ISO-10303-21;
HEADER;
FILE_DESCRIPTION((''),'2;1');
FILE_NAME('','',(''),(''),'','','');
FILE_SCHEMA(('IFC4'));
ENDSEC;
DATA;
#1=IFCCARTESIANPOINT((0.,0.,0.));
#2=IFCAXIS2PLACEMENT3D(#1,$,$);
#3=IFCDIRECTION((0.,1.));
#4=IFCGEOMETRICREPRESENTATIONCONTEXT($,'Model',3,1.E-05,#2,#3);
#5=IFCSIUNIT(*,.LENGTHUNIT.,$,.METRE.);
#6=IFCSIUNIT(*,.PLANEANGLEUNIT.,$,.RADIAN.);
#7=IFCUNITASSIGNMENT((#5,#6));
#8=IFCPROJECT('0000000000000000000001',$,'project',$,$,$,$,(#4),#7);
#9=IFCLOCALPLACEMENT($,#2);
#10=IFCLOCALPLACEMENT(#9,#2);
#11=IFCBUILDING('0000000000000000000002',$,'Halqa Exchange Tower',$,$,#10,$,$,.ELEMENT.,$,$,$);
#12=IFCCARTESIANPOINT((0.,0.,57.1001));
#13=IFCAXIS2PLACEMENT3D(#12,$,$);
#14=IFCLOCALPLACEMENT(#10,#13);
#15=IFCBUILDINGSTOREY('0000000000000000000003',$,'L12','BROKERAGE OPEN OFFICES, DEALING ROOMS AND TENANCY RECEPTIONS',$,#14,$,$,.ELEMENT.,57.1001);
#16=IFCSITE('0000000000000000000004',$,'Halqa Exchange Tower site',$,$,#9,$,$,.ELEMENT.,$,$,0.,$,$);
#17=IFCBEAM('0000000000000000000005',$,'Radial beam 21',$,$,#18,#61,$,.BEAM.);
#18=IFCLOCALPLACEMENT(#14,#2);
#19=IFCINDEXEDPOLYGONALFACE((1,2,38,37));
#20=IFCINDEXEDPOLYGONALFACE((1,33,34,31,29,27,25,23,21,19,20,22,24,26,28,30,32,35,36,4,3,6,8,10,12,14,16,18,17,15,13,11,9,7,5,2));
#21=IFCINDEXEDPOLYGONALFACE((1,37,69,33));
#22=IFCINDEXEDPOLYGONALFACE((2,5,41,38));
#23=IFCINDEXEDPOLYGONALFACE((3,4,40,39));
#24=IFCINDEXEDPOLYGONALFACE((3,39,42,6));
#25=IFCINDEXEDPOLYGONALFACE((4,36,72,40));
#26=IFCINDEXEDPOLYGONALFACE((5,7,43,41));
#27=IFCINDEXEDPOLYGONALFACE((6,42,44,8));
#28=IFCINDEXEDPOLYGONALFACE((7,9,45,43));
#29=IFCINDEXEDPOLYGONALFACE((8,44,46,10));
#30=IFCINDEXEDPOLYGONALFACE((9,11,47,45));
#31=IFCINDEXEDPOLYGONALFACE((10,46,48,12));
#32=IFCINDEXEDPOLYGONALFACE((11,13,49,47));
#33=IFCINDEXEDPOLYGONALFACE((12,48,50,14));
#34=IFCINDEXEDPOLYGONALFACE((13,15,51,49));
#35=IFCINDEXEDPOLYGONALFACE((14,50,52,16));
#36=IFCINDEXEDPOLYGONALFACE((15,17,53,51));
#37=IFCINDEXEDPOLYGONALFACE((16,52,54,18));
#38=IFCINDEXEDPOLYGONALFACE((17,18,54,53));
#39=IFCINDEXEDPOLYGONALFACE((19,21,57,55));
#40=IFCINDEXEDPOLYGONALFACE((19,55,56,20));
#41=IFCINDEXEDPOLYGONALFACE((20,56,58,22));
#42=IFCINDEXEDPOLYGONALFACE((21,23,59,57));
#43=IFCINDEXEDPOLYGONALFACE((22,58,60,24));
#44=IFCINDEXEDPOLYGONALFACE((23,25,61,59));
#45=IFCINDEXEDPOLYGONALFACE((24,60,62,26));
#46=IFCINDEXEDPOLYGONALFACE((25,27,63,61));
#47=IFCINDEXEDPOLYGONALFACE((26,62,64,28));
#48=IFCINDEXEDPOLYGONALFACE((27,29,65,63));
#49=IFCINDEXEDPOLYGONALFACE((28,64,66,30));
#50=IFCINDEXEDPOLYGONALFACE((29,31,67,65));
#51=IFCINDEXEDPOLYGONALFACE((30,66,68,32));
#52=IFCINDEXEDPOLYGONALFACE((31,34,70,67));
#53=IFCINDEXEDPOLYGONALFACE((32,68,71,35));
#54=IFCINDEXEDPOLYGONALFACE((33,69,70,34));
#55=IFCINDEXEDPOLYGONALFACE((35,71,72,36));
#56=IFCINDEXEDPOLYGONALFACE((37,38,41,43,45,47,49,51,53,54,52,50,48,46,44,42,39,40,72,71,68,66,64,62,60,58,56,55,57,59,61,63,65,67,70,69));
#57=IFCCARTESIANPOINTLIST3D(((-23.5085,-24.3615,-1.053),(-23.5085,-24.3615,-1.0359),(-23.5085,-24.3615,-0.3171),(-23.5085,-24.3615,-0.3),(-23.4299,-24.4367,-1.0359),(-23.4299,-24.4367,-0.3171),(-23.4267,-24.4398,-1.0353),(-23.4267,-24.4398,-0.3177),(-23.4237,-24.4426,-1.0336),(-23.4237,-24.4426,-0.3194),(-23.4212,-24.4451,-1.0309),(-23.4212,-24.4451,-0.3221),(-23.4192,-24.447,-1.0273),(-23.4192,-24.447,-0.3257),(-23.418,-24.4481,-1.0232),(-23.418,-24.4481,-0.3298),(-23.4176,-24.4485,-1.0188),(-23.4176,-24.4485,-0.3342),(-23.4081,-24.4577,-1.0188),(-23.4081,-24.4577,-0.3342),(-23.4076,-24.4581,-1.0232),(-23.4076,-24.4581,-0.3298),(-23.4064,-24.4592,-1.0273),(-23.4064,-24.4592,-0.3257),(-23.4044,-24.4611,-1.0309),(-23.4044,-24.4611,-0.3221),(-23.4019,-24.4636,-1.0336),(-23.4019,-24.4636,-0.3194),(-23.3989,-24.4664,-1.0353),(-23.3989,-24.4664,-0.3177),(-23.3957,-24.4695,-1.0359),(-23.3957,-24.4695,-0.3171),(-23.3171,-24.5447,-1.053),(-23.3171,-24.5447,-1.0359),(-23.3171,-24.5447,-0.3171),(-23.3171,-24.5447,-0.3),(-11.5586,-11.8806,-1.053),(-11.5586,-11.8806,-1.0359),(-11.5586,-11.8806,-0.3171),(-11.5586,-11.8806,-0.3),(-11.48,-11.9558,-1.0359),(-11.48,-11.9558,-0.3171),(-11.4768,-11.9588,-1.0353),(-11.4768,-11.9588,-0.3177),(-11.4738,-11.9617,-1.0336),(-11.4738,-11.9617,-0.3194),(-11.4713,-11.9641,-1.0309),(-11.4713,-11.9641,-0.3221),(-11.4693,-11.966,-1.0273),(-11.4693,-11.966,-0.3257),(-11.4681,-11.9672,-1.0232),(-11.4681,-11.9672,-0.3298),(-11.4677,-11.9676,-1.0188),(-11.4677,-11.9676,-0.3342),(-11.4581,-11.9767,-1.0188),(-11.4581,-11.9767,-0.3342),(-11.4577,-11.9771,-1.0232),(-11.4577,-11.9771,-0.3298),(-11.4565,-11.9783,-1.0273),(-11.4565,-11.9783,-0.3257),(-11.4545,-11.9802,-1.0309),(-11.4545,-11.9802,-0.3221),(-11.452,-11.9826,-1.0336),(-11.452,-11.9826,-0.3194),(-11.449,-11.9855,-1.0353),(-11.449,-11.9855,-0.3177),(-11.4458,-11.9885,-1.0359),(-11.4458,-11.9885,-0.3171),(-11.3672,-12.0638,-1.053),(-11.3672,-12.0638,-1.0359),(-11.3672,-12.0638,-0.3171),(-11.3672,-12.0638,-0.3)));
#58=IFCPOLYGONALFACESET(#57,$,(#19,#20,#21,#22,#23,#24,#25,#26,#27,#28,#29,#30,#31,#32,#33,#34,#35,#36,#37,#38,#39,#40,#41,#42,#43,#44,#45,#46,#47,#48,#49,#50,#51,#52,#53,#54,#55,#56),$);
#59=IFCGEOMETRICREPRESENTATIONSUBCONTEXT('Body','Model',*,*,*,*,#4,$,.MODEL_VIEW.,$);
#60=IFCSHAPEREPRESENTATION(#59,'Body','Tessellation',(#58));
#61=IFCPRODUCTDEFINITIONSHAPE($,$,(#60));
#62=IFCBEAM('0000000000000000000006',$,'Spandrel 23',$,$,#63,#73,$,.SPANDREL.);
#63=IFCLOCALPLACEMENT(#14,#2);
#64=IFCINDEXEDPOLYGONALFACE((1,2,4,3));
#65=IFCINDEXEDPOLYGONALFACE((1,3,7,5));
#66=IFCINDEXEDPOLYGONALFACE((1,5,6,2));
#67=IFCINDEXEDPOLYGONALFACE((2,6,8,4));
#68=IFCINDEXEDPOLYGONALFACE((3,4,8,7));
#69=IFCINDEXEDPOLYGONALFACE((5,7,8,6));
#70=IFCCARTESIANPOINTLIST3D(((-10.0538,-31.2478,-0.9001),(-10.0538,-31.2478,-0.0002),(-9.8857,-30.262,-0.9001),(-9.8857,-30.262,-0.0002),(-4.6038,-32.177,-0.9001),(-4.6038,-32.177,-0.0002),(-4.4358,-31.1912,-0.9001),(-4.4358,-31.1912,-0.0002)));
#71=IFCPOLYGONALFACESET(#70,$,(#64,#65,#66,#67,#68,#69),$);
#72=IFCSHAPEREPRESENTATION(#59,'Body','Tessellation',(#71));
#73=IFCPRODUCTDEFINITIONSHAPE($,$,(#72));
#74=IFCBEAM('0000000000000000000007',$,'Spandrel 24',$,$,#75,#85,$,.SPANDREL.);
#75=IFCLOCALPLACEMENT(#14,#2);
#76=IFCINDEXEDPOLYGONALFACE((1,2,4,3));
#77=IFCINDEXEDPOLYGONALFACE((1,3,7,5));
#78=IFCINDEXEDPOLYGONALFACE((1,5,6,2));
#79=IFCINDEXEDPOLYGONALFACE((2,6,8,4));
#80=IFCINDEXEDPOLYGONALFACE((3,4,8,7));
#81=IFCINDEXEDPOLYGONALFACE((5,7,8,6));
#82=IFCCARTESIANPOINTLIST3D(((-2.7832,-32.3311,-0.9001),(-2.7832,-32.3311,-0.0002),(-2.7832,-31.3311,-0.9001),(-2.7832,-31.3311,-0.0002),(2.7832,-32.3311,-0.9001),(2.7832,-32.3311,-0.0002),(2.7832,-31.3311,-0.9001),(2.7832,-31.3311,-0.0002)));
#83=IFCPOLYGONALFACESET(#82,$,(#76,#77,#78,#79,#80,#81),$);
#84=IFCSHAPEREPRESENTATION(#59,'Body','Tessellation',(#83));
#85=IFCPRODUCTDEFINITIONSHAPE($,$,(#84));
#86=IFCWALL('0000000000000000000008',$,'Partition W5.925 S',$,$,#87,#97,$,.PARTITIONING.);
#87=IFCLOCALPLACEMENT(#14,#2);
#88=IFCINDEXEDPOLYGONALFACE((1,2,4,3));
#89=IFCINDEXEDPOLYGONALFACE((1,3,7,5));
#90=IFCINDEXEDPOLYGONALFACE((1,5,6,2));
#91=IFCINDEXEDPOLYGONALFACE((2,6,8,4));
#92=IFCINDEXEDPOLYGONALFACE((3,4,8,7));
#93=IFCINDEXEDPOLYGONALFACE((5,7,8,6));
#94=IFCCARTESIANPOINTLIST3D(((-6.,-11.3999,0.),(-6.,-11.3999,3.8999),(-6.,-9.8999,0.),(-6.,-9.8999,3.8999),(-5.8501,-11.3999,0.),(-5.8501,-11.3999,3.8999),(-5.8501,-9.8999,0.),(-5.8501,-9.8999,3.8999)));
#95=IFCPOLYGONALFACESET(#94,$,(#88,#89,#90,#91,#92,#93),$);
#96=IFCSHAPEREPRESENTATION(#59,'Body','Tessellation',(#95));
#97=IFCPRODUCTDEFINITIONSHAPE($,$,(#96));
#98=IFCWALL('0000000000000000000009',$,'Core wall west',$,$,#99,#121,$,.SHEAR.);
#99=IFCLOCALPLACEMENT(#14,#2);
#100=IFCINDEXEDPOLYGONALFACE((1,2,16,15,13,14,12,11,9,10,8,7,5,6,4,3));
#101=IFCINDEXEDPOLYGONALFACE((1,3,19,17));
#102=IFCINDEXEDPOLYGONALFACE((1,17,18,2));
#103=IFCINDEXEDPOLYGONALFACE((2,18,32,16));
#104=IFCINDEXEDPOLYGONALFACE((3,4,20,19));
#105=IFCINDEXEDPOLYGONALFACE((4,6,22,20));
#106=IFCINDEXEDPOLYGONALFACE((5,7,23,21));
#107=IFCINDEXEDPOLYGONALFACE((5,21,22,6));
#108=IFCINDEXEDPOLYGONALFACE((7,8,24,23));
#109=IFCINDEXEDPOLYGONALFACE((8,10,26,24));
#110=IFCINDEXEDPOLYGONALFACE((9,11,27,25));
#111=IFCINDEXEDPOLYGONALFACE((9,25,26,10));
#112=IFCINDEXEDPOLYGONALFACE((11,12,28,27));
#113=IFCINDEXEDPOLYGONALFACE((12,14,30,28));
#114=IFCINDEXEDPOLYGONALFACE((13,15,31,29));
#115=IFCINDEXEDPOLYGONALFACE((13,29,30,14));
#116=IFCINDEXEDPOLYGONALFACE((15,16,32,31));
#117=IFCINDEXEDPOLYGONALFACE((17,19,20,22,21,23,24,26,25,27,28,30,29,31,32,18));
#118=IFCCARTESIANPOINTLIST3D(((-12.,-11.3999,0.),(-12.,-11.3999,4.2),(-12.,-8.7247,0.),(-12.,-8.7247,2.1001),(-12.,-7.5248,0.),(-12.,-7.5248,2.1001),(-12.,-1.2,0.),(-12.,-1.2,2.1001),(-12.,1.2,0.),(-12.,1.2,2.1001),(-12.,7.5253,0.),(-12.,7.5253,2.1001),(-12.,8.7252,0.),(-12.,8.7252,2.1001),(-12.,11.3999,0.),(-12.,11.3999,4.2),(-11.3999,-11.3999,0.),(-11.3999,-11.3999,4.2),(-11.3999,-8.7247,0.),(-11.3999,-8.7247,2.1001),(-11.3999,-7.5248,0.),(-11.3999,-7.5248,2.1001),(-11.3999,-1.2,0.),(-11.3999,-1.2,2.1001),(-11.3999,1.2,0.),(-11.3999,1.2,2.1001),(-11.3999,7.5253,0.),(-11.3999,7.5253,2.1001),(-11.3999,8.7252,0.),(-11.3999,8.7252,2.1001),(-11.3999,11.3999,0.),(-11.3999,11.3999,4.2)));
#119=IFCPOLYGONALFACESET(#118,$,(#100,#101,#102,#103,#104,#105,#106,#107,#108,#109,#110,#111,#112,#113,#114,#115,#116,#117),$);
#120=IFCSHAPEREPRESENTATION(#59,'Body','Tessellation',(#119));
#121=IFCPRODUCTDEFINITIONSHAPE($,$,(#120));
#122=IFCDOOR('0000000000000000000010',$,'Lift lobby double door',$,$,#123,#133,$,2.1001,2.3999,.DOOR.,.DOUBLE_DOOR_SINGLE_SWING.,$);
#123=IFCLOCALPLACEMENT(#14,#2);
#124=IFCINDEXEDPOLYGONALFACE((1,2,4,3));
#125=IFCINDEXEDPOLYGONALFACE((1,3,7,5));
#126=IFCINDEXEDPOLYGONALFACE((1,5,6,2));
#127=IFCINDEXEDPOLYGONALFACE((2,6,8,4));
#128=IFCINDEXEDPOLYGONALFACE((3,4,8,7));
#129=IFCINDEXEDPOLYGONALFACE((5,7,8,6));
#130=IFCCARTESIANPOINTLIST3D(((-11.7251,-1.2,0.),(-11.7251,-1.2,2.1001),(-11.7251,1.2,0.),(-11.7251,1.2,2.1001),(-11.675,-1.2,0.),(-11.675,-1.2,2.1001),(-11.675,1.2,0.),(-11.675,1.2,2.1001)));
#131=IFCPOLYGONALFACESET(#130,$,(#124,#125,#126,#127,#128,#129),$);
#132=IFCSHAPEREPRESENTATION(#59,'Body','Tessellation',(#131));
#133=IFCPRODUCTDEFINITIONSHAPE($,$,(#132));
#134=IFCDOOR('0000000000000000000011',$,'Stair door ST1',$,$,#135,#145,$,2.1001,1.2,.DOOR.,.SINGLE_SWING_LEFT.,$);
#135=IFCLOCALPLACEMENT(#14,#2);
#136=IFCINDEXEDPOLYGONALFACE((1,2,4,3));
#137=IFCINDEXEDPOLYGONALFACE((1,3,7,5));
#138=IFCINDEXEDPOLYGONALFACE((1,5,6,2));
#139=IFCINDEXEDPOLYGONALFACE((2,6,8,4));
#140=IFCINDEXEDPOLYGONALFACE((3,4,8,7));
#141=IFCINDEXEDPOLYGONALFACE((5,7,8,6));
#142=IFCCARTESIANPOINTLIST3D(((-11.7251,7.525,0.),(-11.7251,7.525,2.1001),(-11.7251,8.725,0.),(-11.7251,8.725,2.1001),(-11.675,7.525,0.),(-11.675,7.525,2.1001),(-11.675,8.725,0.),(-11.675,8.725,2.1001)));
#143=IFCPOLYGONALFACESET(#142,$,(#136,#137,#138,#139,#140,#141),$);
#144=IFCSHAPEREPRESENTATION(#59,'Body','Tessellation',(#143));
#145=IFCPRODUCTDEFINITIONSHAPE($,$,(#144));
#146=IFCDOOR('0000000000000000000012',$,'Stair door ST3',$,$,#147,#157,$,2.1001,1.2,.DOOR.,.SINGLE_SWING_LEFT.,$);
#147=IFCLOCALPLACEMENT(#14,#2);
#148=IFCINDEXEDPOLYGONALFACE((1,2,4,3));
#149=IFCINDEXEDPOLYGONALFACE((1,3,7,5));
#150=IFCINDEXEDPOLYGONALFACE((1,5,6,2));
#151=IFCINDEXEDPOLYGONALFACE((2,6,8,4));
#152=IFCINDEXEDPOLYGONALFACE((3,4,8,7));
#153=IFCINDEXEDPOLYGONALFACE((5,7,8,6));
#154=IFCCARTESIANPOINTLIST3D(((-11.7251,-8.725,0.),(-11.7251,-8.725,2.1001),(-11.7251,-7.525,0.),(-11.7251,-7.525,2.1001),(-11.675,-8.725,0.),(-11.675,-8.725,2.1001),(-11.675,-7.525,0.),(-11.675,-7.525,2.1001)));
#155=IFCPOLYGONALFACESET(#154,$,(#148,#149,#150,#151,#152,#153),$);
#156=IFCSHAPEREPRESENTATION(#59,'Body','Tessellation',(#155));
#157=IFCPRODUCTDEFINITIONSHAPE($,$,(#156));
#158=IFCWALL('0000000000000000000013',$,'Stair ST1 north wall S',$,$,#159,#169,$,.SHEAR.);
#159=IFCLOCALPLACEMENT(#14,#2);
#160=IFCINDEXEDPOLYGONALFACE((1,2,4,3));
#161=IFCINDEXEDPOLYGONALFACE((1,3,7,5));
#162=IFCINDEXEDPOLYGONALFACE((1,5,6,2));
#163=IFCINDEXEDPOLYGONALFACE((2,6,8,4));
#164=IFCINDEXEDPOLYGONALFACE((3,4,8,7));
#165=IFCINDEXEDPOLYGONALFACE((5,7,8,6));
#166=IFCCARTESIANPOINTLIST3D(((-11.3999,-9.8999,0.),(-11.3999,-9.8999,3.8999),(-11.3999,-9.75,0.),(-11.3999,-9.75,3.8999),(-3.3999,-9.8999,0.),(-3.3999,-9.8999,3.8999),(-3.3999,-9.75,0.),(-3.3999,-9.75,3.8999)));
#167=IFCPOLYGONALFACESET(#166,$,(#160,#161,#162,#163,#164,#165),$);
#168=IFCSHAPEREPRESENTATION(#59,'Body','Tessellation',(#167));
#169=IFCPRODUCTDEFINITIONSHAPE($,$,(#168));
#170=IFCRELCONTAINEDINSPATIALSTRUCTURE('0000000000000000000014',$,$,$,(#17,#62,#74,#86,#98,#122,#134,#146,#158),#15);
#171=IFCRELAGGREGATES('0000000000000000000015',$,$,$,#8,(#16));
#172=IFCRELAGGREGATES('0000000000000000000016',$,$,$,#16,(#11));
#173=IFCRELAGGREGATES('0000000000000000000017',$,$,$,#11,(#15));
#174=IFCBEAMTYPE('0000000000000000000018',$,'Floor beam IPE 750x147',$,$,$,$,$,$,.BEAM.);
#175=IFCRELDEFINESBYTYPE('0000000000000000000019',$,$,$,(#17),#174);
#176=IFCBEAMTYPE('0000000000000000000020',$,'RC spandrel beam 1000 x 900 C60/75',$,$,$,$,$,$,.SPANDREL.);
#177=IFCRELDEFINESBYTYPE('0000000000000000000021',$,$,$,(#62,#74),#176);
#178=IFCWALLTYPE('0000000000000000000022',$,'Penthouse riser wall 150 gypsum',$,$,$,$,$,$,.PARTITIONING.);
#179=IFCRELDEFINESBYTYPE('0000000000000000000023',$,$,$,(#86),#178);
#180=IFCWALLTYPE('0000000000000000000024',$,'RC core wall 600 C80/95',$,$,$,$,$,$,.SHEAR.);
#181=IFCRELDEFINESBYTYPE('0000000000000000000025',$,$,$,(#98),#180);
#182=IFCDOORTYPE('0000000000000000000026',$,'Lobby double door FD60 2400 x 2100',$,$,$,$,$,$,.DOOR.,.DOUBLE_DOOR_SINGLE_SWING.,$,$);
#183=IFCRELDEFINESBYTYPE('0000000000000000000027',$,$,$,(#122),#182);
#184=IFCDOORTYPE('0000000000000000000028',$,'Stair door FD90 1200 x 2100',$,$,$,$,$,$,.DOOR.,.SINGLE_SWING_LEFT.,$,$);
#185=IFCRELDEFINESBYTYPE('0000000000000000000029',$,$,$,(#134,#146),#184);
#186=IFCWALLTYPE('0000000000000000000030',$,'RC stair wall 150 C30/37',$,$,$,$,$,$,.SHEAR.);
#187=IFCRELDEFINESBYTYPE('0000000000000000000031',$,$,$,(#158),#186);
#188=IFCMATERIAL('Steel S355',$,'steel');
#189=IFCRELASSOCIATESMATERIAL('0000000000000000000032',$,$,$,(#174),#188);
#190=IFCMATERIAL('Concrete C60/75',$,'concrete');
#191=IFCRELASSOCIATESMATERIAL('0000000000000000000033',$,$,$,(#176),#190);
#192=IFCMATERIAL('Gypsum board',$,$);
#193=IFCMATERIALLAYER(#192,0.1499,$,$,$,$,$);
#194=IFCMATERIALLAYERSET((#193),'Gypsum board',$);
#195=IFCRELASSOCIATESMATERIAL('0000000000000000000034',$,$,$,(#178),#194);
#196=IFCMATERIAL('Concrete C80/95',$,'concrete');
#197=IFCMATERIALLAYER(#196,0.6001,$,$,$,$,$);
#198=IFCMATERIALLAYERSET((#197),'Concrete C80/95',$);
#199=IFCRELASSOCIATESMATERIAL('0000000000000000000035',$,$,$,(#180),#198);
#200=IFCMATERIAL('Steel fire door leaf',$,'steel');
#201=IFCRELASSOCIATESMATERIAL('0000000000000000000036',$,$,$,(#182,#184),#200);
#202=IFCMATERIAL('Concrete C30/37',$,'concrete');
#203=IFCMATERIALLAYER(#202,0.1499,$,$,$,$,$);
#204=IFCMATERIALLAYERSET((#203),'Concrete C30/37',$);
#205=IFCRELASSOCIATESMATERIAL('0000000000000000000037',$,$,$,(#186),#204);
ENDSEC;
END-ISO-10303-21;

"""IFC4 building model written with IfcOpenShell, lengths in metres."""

from ifc_helpers import new_model, si_unit, direction, frame, frame_2d, origin, origin_2d, place, context, subcontext, project, spatial, rectangle, i_section, extrude, material, layer, layer_set, material_profile, profile_set, type_object, element, fill, save


model = new_model("IFC4")

# Units and contexts
model_context = context("Model", 3, precision=1e-05, world=origin(), true_north=direction((0.0, 1.0)))
body_context = subcontext(model_context, "Body", "Model", "MODEL_VIEW")
ifc_project = project(units=[si_unit("LENGTHUNIT", "METRE"), si_unit("PLANEANGLEUNIT", "RADIAN")], contexts=[model_context])

# Site, building, storey
site_placement = place(None, origin())
site = spatial("IfcSite", under=ifc_project, at=site_placement, Name="Halqa Exchange Tower site", CompositionType="ELEMENT", RefElevation=0.0)
building_placement = place(site_placement, origin())
building = spatial("IfcBuilding", under=site, at=building_placement, Name="Halqa Exchange Tower", CompositionType="ELEMENT")
storey_placement = place(building_placement, frame((0.0, 0.0, 57.1001)))
storey = spatial("IfcBuildingStorey", under=building, at=storey_placement, Name="L12", Description="BROKERAGE OPEN OFFICES, DEALING ROOMS AND TENANCY RECEPTIONS", CompositionType="ELEMENT", Elevation=57.1001)

# Shared definitions
ifc_material_1 = material(Name="Concrete C80/95", Category="concrete")

# Beams
ifc_material_2 = material(Name="Steel S355", Category="steel")
ifc_material_profile_1 = material_profile(ifc_material_2, i_section(OverallWidth=0.2649, OverallDepth=0.7529, WebThickness=0.0132, FlangeThickness=0.0171, FilletRadius=0.0171, at=origin_2d()), Name="IPE 750x147")
ifc_profile_set_1 = profile_set([ifc_material_profile_1], Name="Steel S355")
beam_type_1 = type_object("IfcBeamType", Name="Floor beam IPE 750x147", PredefinedType="BEAM", material=ifc_profile_set_1)
beam_1_placement = place(storey_placement, frame((-11.4629, -11.9722, -0.6765), z_axis=(-0.691574, -0.722305, 0.0), x_axis=(0.722305, -0.691574, 0.0)))
element("IfcBeam", 1, at=beam_1_placement, inside=storey, type_object=beam_type_1, Name="Radial beam 21", PredefinedType="BEAM", context=body_context, shape_type="SweptSolid", body=[
    extrude(i_section(OverallWidth=0.2649, OverallDepth=0.7529, WebThickness=0.0132, FlangeThickness=0.0171, FilletRadius=0.0171, at=origin_2d()), origin(), (0.0, 0.0, 1.0), 17.2793),
])
ifc_material_3 = material(Name="Concrete C60/75", Category="concrete")
ifc_material_profile_2 = material_profile(ifc_material_3, rectangle(XDim=1.0, YDim=0.8999, at=origin_2d()), Name="1000 x 900")
ifc_profile_set_2 = profile_set([ifc_material_profile_2], Name="Concrete C60/75")
beam_type_2 = type_object("IfcBeamType", Name="RC spandrel beam 1000 x 900 C60/75", PredefinedType="SPANDREL", material=ifc_profile_set_2)
beam_2_placement = place(storey_placement, frame((-9.9697, -30.7549, -0.4502), z_axis=(0.985775, -0.168071, 0.0), x_axis=(0.168071, 0.985775, 0.0)))
element("IfcBeam", 2, at=beam_2_placement, inside=storey, type_object=beam_type_2, Name="Spandrel 23", PredefinedType="SPANDREL", context=body_context, shape_type="SweptSolid", body=[
    extrude(rectangle(XDim=1.0, YDim=0.8999, at=origin_2d()), origin(), (0.0, 0.0, 1.0), 5.5286),
])
beam_3_placement = place(storey_placement, frame((-2.7832, -31.8311, -0.4502), z_axis=(1.0, 0.0, 0.0), x_axis=(0.0, 1.0, 0.0)))
element("IfcBeam", 3, at=beam_3_placement, inside=storey, type_object=beam_type_2, Name="Spandrel 24", PredefinedType="SPANDREL", context=body_context, shape_type="SweptSolid", body=[
    extrude(rectangle(XDim=1.0, YDim=0.8999, at=origin_2d()), origin(), (0.0, 0.0, 1.0), 5.5664),
])

# Wall
ifc_material_4 = material(Name="Gypsum board")
ifc_layer_1 = layer(ifc_material_4, 0.1499)
ifc_layer_set_1 = layer_set([ifc_layer_1], Name="Gypsum board")
wall_type_1 = type_object("IfcWallType", Name="Penthouse riser wall 150 gypsum", PredefinedType="PARTITIONING", material=ifc_layer_set_1)
wall_1_placement = place(storey_placement, frame((-5.925, -11.3999, 0.0), z_axis=(0.0, 0.0, 1.0), x_axis=(0.0, 1.0, 0.0)))
element("IfcWall", 4, at=wall_1_placement, inside=storey, type_object=wall_type_1, Name="Partition W5.925 S", PredefinedType="PARTITIONING", context=body_context, shape_type="SweptSolid", body=[
    extrude(rectangle(XDim=1.5, YDim=0.1499, at=frame_2d((0.75, 0.0))), origin(), (0.0, 0.0, 1.0), 3.8999),
])

# Wall, openings, doors
ifc_layer_2 = layer(ifc_material_1, 0.6001)
ifc_layer_set_2 = layer_set([ifc_layer_2], Name="Concrete C80/95")
wall_type_2 = type_object("IfcWallType", Name="RC core wall 600 C80/95", PredefinedType="SHEAR", material=ifc_layer_set_2)
wall_2_placement = place(storey_placement, frame((-11.7, -11.3999, 0.0), z_axis=(0.0, 0.0, 1.0), x_axis=(0.0, 1.0, 0.0)))
wall_2 = element("IfcWall", 5, at=wall_2_placement, inside=storey, type_object=wall_type_2, Name="Core wall west", PredefinedType="SHEAR", context=body_context, shape_type="SweptSolid", body=[
    extrude(rectangle(XDim=22.7998, YDim=0.6001, at=frame_2d((11.3999, 0.0))), origin(), (0.0, 0.0, 1.0), 4.2),
])
opening_1_placement = place(wall_2_placement, frame((10.2, 0.0, 0.0)))
opening_1 = element("IfcOpeningElement", 6, at=opening_1_placement, cuts=wall_2, PredefinedType="OPENING", context=body_context, shape_type="SweptSolid", body=[
    extrude(rectangle(XDim=2.3999, YDim=2.1001, at=frame_2d((1.2, 1.05))), frame((0.0, 0.312, 0.0), z_axis=(0.0, -1.0, 0.0), x_axis=(1.0, 0.0, 0.0)), (0.0, 0.0, 1.0), 0.624),
])
opening_2_placement = place(wall_2_placement, frame((18.925, 0.0, 0.0)))
opening_2 = element("IfcOpeningElement", 7, at=opening_2_placement, cuts=wall_2, PredefinedType="OPENING", context=body_context, shape_type="SweptSolid", body=[
    extrude(rectangle(XDim=1.2, YDim=2.1001, at=frame_2d((0.6001, 1.05))), frame((0.0, 0.312, 0.0), z_axis=(0.0, -1.0, 0.0), x_axis=(1.0, 0.0, 0.0)), (0.0, 0.0, 1.0), 0.624),
])
opening_3_placement = place(wall_2_placement, frame((2.675, 0.0, 0.0)))
opening_3 = element("IfcOpeningElement", 8, at=opening_3_placement, cuts=wall_2, PredefinedType="OPENING", context=body_context, shape_type="SweptSolid", body=[
    extrude(rectangle(XDim=1.2, YDim=2.1001, at=frame_2d((0.6001, 1.05))), frame((0.0, 0.312, 0.0), z_axis=(0.0, -1.0, 0.0), x_axis=(1.0, 0.0, 0.0)), (0.0, 0.0, 1.0), 0.624),
])
ifc_material_5 = material(Name="Steel fire door leaf", Category="steel")
door_type_1 = type_object("IfcDoorType", Name="Lobby double door FD60 2400 x 2100", OperationType="DOUBLE_DOOR_SINGLE_SWING", PredefinedType="DOOR", material=ifc_material_5)
door_1_placement = place(opening_1_placement, frame((2.3999, 0.0, 0.0), z_axis=(0.0, 0.0, 1.0), x_axis=(-1.0, 0.0, 0.0)))
door_1 = element("IfcDoor", 9, at=door_1_placement, inside=storey, type_object=door_type_1, Name="Lift lobby double door", OperationType="DOUBLE_DOOR_SINGLE_SWING", OverallHeight=2.1001, OverallWidth=2.3999, PredefinedType="DOOR", context=body_context, shape_type="SweptSolid", body=[
    extrude(rectangle(XDim=2.3999, YDim=2.1001, at=frame_2d((1.2, 1.05))), frame((0.0, 0.0249, 0.0), z_axis=(0.0, -1.0, 0.0), x_axis=(1.0, 0.0, 0.0)), (0.0, 0.0, 1.0), 0.05),
])
fill(opening_1, door_1)
door_type_2 = type_object("IfcDoorType", Name="Stair door FD90 1200 x 2100", OperationType="SINGLE_SWING_LEFT", PredefinedType="DOOR", material=ifc_material_5)
door_2_placement = place(opening_2_placement, frame((1.2, 0.0, 0.0), z_axis=(0.0, 0.0, 1.0), x_axis=(-1.0, 0.0, 0.0)))
door_2 = element("IfcDoor", 10, at=door_2_placement, inside=storey, type_object=door_type_2, Name="Stair door ST1", OperationType="SINGLE_SWING_LEFT", OverallHeight=2.1001, OverallWidth=1.2, PredefinedType="DOOR", context=body_context, shape_type="SweptSolid", body=[
    extrude(rectangle(XDim=1.2, YDim=2.1001, at=frame_2d((0.6001, 1.05))), frame((0.0, 0.0249, 0.0), z_axis=(0.0, -1.0, 0.0), x_axis=(1.0, 0.0, 0.0)), (0.0, 0.0, 1.0), 0.05),
])
fill(opening_2, door_2)
door_3_placement = place(opening_3_placement, frame((1.2, 0.0, 0.0), z_axis=(0.0, 0.0, 1.0), x_axis=(-1.0, 0.0, 0.0)))
door_3 = element("IfcDoor", 11, at=door_3_placement, inside=storey, type_object=door_type_2, Name="Stair door ST3", OperationType="SINGLE_SWING_LEFT", OverallHeight=2.1001, OverallWidth=1.2, PredefinedType="DOOR", context=body_context, shape_type="SweptSolid", body=[
    extrude(rectangle(XDim=1.2, YDim=2.1001, at=frame_2d((0.6001, 1.05))), frame((0.0, 0.0249, 0.0), z_axis=(0.0, -1.0, 0.0), x_axis=(1.0, 0.0, 0.0)), (0.0, 0.0, 1.0), 0.05),
])
fill(opening_3, door_3)

# Wall
ifc_material_6 = material(Name="Concrete C30/37", Category="concrete")
ifc_layer_3 = layer(ifc_material_6, 0.1499)
ifc_layer_set_3 = layer_set([ifc_layer_3], Name="Concrete C30/37")
wall_type_3 = type_object("IfcWallType", Name="RC stair wall 150 C30/37", PredefinedType="SHEAR", material=ifc_layer_set_3)
wall_3_placement = place(storey_placement, frame((-11.3999, -9.825, 0.0), z_axis=(0.0, 0.0, 1.0), x_axis=(1.0, 0.0, 0.0)))
element("IfcWall", 12, at=wall_3_placement, inside=storey, type_object=wall_type_3, Name="Stair ST1 north wall S", PredefinedType="SHEAR", context=body_context, shape_type="SweptSolid", body=[
    extrude(rectangle(XDim=8.0, YDim=0.1499, at=frame_2d((4.0, 0.0))), origin(), (0.0, 0.0, 1.0), 3.8999),
])

save(model, "model.ifc")
